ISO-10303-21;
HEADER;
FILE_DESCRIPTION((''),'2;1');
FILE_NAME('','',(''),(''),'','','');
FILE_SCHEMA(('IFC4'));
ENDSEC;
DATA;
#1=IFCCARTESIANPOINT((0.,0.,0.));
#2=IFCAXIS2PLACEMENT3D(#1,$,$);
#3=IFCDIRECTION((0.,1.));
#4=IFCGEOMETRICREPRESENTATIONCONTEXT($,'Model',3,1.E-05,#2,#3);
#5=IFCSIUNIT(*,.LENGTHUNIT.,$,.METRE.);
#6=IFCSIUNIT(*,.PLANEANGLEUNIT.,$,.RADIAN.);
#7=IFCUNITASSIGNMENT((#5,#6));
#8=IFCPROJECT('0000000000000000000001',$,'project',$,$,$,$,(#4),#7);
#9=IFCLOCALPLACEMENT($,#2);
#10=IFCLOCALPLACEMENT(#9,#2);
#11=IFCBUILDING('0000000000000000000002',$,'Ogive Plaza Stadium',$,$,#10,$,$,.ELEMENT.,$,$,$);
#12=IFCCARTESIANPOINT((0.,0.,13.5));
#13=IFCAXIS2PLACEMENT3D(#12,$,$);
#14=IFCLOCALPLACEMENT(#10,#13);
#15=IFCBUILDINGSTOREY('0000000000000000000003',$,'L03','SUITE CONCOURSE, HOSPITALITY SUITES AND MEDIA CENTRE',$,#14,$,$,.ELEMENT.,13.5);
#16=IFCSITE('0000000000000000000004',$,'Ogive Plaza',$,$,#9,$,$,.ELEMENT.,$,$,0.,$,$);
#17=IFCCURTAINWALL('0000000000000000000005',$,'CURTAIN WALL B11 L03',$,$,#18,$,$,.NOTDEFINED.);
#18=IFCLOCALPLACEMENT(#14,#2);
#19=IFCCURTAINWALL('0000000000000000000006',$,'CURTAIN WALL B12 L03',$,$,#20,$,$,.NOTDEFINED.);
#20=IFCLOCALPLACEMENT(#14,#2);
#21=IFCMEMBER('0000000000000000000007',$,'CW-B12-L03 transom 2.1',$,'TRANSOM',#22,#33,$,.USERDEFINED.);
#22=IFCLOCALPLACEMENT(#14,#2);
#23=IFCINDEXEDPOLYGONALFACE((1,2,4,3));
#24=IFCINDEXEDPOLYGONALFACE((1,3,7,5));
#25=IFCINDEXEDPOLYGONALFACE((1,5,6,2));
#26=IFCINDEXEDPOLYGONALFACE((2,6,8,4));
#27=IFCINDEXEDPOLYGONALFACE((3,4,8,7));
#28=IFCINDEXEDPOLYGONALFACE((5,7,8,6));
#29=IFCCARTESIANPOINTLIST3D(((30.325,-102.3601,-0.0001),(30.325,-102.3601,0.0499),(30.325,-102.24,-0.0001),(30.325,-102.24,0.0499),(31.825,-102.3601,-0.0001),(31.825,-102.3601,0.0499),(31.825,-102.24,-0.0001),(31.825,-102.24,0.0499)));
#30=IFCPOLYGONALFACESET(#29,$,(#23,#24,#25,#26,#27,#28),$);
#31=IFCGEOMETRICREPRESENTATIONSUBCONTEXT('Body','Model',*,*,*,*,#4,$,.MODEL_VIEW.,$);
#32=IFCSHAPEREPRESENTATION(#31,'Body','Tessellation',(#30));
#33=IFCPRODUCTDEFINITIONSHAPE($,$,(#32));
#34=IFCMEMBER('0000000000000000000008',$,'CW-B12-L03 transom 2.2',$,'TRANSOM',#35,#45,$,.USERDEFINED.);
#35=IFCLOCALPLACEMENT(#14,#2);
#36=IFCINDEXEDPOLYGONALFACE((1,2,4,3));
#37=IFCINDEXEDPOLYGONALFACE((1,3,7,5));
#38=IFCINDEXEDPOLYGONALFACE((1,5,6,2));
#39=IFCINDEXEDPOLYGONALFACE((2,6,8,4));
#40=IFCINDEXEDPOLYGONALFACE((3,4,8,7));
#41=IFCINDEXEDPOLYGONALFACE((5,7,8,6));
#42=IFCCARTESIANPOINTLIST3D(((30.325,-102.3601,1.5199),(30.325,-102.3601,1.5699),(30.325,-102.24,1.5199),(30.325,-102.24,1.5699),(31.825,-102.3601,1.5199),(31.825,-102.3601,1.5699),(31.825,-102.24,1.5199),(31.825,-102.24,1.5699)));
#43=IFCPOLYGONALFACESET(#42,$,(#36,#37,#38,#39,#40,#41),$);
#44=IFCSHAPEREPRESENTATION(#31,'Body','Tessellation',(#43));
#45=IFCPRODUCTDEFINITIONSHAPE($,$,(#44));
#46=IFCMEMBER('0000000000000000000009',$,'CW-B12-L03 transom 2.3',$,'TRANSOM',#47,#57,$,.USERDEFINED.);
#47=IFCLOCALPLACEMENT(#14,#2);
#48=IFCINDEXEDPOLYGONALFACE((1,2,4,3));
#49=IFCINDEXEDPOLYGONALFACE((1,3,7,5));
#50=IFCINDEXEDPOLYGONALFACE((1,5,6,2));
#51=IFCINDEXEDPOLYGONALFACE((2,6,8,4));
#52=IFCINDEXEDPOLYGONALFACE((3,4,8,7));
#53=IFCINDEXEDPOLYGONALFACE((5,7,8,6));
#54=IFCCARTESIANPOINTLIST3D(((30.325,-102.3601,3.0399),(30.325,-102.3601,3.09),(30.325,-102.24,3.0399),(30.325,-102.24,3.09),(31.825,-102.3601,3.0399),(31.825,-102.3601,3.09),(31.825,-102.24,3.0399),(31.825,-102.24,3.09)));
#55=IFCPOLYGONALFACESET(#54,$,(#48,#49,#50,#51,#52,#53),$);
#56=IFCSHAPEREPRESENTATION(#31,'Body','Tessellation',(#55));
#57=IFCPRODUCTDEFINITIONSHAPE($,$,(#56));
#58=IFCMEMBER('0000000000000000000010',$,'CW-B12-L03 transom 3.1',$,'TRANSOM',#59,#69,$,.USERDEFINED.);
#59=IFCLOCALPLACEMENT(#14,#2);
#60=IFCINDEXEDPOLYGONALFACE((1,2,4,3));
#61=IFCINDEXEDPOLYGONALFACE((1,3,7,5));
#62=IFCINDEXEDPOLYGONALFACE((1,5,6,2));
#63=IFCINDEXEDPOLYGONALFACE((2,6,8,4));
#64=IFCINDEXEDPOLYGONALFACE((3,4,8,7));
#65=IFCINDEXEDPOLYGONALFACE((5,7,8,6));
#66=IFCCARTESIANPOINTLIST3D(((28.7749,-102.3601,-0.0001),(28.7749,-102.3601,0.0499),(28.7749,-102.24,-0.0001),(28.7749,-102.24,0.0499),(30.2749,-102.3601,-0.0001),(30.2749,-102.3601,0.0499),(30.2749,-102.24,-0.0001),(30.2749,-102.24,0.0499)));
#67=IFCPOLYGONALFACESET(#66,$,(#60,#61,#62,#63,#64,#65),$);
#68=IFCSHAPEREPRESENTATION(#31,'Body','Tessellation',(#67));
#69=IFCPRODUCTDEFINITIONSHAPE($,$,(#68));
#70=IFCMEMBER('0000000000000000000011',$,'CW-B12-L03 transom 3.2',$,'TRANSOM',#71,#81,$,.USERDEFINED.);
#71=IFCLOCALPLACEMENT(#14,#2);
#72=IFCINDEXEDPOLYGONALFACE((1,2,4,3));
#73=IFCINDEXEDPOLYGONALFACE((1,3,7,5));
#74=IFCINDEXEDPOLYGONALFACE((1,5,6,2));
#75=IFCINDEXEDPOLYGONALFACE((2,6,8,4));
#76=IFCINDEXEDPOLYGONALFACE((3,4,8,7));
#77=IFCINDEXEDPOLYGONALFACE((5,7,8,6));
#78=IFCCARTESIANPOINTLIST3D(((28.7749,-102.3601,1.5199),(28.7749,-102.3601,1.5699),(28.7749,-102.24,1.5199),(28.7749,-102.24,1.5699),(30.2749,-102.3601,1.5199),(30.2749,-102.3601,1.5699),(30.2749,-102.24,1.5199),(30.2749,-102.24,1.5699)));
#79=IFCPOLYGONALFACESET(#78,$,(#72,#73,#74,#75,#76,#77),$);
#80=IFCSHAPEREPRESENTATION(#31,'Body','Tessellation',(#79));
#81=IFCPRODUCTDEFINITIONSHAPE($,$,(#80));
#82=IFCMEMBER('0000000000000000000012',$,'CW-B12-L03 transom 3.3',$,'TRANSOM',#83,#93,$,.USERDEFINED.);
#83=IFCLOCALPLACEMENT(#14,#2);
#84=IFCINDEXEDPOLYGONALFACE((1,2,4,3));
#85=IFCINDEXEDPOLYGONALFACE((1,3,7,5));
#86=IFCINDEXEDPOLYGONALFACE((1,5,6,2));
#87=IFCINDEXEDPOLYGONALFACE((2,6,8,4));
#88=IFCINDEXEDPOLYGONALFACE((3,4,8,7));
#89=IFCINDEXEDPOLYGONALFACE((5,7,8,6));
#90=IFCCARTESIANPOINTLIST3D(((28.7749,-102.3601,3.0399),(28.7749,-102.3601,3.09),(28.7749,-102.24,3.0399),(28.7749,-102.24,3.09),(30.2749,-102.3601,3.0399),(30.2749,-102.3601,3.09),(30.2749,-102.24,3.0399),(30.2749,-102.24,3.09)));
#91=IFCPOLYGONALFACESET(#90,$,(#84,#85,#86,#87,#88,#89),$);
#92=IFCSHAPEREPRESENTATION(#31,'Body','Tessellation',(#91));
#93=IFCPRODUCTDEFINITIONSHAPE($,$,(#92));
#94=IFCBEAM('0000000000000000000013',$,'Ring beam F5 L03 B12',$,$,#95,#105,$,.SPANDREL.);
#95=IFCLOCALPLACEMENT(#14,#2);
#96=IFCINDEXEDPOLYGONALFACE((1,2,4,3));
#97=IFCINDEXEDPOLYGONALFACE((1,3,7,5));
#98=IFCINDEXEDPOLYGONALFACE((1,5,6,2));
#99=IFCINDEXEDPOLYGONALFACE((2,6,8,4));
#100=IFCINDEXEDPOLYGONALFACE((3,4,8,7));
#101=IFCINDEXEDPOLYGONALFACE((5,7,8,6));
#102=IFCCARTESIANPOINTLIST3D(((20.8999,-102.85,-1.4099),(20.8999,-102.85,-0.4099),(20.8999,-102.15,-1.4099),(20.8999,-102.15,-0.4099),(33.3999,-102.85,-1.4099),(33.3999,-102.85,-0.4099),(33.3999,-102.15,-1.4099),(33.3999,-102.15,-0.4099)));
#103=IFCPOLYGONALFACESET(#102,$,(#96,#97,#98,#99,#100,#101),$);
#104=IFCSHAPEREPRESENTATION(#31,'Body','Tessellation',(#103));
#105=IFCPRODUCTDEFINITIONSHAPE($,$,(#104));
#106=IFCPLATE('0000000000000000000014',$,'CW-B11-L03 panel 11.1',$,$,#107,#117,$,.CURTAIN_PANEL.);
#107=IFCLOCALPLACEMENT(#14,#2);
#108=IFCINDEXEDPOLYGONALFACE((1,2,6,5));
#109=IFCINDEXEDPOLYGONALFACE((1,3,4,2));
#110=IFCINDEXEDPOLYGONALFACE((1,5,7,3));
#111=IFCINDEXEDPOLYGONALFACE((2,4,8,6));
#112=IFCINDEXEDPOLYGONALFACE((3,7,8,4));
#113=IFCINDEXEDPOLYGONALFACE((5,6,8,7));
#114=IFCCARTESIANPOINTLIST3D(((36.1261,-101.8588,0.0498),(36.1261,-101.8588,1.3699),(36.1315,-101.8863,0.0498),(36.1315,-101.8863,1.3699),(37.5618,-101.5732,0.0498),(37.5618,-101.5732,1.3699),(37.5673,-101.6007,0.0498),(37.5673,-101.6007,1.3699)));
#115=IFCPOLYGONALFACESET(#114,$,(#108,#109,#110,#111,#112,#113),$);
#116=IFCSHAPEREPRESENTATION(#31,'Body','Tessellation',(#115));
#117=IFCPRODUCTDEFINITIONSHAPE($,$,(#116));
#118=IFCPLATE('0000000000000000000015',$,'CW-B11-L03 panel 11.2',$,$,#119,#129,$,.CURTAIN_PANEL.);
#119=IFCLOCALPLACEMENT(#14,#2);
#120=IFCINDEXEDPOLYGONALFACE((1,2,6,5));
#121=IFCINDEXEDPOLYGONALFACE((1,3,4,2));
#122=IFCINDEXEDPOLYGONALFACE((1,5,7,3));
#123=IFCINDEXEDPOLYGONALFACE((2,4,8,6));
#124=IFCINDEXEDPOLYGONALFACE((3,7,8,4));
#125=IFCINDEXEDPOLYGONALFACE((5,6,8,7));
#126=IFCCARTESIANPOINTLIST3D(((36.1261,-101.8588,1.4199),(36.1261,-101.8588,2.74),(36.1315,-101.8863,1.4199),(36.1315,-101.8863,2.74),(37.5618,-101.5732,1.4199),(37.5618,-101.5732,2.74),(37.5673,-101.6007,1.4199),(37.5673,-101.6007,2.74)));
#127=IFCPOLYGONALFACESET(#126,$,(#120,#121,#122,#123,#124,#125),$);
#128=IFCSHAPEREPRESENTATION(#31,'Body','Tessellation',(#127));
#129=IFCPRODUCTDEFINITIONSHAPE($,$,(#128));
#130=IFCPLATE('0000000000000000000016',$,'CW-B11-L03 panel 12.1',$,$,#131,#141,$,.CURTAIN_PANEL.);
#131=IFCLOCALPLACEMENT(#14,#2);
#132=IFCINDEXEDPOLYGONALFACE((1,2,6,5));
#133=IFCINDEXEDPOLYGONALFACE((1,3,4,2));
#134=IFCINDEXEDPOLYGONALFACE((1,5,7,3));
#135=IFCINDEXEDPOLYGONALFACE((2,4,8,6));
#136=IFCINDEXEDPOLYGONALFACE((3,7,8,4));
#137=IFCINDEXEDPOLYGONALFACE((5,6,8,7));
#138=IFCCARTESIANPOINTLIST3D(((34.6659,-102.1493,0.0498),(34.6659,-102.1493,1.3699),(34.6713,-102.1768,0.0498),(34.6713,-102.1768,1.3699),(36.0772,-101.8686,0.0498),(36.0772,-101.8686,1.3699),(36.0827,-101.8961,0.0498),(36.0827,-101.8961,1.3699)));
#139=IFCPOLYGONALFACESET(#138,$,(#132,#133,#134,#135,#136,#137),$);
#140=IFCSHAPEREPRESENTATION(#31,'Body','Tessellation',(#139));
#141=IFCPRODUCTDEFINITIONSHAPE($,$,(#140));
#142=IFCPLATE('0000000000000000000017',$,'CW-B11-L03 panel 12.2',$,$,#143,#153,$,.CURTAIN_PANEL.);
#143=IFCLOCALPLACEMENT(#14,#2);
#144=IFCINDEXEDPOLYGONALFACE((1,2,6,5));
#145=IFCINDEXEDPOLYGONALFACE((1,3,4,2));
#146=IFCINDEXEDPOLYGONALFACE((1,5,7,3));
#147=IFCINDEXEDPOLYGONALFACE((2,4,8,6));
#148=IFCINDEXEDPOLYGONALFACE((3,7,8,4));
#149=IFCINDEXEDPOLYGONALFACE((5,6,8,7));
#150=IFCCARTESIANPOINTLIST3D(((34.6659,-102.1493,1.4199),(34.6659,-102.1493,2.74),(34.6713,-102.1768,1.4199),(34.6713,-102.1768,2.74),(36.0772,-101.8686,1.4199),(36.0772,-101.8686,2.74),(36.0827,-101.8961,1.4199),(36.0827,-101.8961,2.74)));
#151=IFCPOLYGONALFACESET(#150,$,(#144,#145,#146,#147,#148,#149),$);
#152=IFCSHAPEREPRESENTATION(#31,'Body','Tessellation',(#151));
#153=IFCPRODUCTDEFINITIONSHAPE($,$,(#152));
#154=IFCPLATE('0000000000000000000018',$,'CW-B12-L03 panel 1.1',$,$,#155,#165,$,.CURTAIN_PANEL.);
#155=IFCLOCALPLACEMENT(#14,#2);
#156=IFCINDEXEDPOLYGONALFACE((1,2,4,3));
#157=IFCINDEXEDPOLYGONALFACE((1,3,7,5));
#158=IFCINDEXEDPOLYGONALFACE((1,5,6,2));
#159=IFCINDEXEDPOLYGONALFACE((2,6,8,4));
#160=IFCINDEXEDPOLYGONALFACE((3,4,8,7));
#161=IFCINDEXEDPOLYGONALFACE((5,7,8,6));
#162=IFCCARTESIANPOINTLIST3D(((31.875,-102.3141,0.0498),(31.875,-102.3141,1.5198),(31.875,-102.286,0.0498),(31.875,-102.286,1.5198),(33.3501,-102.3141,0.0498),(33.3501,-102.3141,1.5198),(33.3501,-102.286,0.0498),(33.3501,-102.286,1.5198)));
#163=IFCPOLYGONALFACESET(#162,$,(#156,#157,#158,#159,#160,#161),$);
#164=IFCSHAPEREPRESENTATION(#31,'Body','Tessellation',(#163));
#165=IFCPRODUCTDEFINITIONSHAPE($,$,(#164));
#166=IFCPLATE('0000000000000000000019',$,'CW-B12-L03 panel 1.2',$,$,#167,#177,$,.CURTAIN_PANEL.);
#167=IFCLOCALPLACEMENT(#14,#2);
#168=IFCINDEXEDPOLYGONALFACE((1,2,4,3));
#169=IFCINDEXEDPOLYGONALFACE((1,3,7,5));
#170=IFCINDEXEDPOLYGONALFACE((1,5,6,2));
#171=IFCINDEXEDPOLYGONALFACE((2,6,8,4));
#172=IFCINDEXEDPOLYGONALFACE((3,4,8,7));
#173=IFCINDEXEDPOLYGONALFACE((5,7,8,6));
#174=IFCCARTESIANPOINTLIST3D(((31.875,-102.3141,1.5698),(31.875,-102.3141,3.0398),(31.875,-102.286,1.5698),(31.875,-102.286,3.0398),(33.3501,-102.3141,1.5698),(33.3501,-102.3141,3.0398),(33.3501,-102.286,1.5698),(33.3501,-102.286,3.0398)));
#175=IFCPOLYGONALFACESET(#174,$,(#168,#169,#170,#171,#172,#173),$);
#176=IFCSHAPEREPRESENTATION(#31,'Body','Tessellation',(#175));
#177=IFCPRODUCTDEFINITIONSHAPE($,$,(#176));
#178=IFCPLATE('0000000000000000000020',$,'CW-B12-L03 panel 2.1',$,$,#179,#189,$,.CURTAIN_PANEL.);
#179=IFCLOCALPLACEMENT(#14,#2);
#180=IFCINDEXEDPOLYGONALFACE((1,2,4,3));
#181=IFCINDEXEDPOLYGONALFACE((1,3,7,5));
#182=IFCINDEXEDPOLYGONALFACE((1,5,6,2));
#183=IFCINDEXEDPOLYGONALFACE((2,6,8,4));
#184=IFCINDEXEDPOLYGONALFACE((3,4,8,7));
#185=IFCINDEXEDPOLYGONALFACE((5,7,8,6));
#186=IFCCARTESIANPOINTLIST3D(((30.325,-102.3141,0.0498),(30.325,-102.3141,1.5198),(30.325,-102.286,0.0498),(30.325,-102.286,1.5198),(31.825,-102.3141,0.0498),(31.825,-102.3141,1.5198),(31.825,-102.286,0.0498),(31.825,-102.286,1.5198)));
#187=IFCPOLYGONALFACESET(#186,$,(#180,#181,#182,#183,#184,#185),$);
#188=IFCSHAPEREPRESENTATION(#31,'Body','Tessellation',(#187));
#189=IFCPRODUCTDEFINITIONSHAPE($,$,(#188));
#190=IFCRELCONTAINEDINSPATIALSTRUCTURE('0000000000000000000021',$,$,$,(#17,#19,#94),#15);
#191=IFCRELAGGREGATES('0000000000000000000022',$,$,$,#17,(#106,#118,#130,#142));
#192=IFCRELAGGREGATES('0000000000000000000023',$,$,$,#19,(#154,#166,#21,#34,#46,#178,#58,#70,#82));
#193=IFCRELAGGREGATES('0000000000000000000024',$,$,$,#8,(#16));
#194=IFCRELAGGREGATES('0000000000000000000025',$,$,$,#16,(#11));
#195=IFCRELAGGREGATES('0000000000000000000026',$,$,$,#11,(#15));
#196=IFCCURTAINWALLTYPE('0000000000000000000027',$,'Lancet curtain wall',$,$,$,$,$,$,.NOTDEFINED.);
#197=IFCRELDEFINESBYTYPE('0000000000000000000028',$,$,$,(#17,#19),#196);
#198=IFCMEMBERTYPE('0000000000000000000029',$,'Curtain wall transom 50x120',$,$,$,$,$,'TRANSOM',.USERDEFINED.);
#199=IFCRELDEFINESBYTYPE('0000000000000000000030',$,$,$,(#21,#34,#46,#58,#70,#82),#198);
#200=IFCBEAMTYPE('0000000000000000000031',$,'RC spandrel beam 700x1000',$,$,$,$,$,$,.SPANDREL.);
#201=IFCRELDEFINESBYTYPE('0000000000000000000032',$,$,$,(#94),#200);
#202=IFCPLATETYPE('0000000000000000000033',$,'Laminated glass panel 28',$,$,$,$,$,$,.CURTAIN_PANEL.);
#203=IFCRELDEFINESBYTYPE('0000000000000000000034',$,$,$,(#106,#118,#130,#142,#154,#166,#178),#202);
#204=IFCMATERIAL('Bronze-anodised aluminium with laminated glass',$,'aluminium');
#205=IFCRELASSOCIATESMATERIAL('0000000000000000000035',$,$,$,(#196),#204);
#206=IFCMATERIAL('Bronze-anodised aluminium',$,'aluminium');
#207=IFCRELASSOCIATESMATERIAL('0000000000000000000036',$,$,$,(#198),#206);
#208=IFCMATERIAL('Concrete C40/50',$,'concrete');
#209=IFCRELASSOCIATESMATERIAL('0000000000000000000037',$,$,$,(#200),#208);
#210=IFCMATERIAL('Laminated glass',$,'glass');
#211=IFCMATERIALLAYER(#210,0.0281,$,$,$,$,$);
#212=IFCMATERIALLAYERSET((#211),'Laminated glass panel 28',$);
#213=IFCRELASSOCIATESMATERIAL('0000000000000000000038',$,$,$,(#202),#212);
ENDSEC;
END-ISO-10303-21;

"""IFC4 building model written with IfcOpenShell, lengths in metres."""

from ifc_helpers import new_model, si_unit, direction, frame, origin, origin_2d, place, context, subcontext, project, spatial, rectangle, extrude, material, layer, layer_set, material_profile, profile_set, type_object, element, aggregate, save


model = new_model("IFC4")

# Units and contexts
model_context = context("Model", 3, precision=1e-05, world=origin(), true_north=direction((0.0, 1.0)))
body_context = subcontext(model_context, "Body", "Model", "MODEL_VIEW")
ifc_project = project(units=[si_unit("LENGTHUNIT", "METRE"), si_unit("PLANEANGLEUNIT", "RADIAN")], contexts=[model_context])

# Site, building, storey
site_placement = place(None, origin())
site = spatial("IfcSite", under=ifc_project, at=site_placement, Name="Ogive Plaza", CompositionType="ELEMENT", RefElevation=0.0)
building_placement = place(site_placement, origin())
building = spatial("IfcBuilding", under=site, at=building_placement, Name="Ogive Plaza Stadium", CompositionType="ELEMENT")
storey_placement = place(building_placement, frame((0.0, 0.0, 13.5)))
storey = spatial("IfcBuildingStorey", under=building, at=storey_placement, Name="L03", Description="SUITE CONCOURSE, HOSPITALITY SUITES AND MEDIA CENTRE", CompositionType="ELEMENT", Elevation=13.5)

# Curtain walls
ifc_material_1 = material(Name="Bronze-anodised aluminium with laminated glass", Category="aluminium")
curtain_wall_type = type_object("IfcCurtainWallType", Name="Lancet curtain wall", PredefinedType="NOTDEFINED", material=ifc_material_1)
curtain_wall_1_placement = place(storey_placement, origin())
curtain_wall_1 = element("IfcCurtainWall", 1, at=curtain_wall_1_placement, inside=storey, type_object=curtain_wall_type, Name="CURTAIN WALL B11 L03", PredefinedType="NOTDEFINED")
curtain_wall_2_placement = place(storey_placement, origin())
curtain_wall_2 = element("IfcCurtainWall", 2, at=curtain_wall_2_placement, inside=storey, type_object=curtain_wall_type, Name="CURTAIN WALL B12 L03", PredefinedType="NOTDEFINED")

# Members
ifc_material_2 = material(Name="Bronze-anodised aluminium", Category="aluminium")
ifc_material_profile_1 = material_profile(ifc_material_2, rectangle(XDim=0.1201, YDim=0.05, at=origin_2d()), Name="AL 120x50")
ifc_profile_set_1 = profile_set([ifc_material_profile_1], Name="Bronze-anodised aluminium")
member_type_1 = type_object("IfcMemberType", Name="Curtain wall transom 50x120", ElementType="TRANSOM", PredefinedType="USERDEFINED", material=ifc_profile_set_1)
member_1_placement = place(storey_placement, frame((31.825, -102.3, 0.0249), z_axis=(-1.0, 0.0, 0.0), x_axis=(0.0, -1.0, 0.0)))
member_1 = element("IfcMember", 3, at=member_1_placement, type_object=member_type_1, Name="CW-B12-L03 transom 2.1", ObjectType="TRANSOM", PredefinedType="USERDEFINED", context=body_context, shape_type="SweptSolid", body=[
    extrude(rectangle(XDim=0.1201, YDim=0.05, at=origin_2d()), origin(), (0.0, 0.0, 1.0), 1.5),
])
member_2_placement = place(storey_placement, frame((31.825, -102.3, 1.5449), z_axis=(-1.0, 0.0, 0.0), x_axis=(0.0, -1.0, 0.0)))
member_2 = element("IfcMember", 4, at=member_2_placement, type_object=member_type_1, Name="CW-B12-L03 transom 2.2", ObjectType="TRANSOM", PredefinedType="USERDEFINED", context=body_context, shape_type="SweptSolid", body=[
    extrude(rectangle(XDim=0.1201, YDim=0.05, at=origin_2d()), origin(), (0.0, 0.0, 1.0), 1.5),
])
member_3_placement = place(storey_placement, frame((31.825, -102.3, 3.0649), z_axis=(-1.0, 0.0, 0.0), x_axis=(0.0, -1.0, 0.0)))
member_3 = element("IfcMember", 5, at=member_3_placement, type_object=member_type_1, Name="CW-B12-L03 transom 2.3", ObjectType="TRANSOM", PredefinedType="USERDEFINED", context=body_context, shape_type="SweptSolid", body=[
    extrude(rectangle(XDim=0.1201, YDim=0.05, at=origin_2d()), origin(), (0.0, 0.0, 1.0), 1.5),
])
member_4_placement = place(storey_placement, frame((30.2749, -102.3, 0.0249), z_axis=(-1.0, 0.0, 0.0), x_axis=(0.0, -1.0, 0.0)))
member_4 = element("IfcMember", 6, at=member_4_placement, type_object=member_type_1, Name="CW-B12-L03 transom 3.1", ObjectType="TRANSOM", PredefinedType="USERDEFINED", context=body_context, shape_type="SweptSolid", body=[
    extrude(rectangle(XDim=0.1201, YDim=0.05, at=origin_2d()), origin(), (0.0, 0.0, 1.0), 1.5),
])
member_5_placement = place(storey_placement, frame((30.2749, -102.3, 1.5449), z_axis=(-1.0, 0.0, 0.0), x_axis=(0.0, -1.0, 0.0)))
member_5 = element("IfcMember", 7, at=member_5_placement, type_object=member_type_1, Name="CW-B12-L03 transom 3.2", ObjectType="TRANSOM", PredefinedType="USERDEFINED", context=body_context, shape_type="SweptSolid", body=[
    extrude(rectangle(XDim=0.1201, YDim=0.05, at=origin_2d()), origin(), (0.0, 0.0, 1.0), 1.5),
])
member_6_placement = place(storey_placement, frame((30.2749, -102.3, 3.0649), z_axis=(-1.0, 0.0, 0.0), x_axis=(0.0, -1.0, 0.0)))
member_6 = element("IfcMember", 8, at=member_6_placement, type_object=member_type_1, Name="CW-B12-L03 transom 3.3", ObjectType="TRANSOM", PredefinedType="USERDEFINED", context=body_context, shape_type="SweptSolid", body=[
    extrude(rectangle(XDim=0.1201, YDim=0.05, at=origin_2d()), origin(), (0.0, 0.0, 1.0), 1.5),
])

# Beam
ifc_material_3 = material(Name="Concrete C40/50", Category="concrete")
ifc_material_profile_2 = material_profile(ifc_material_3, rectangle(XDim=0.7, YDim=1.0, at=origin_2d()), Name="RC 700x1000")
ifc_profile_set_2 = profile_set([ifc_material_profile_2], Name="Concrete C40/50")
beam_type = type_object("IfcBeamType", Name="RC spandrel beam 700x1000", PredefinedType="SPANDREL", material=ifc_profile_set_2)
beam_placement = place(storey_placement, frame((33.3999, -102.5, -0.9099), z_axis=(-1.0, 0.0, 0.0), x_axis=(0.0, -1.0, 0.0)))
element("IfcBeam", 9, at=beam_placement, inside=storey, type_object=beam_type, Name="Ring beam F5 L03 B12", PredefinedType="SPANDREL", context=body_context, shape_type="SweptSolid", body=[
    extrude(rectangle(XDim=0.7, YDim=1.0, at=origin_2d()), origin(), (0.0, 0.0, 1.0), 12.5),
])

# Plates
ifc_material_4 = material(Name="Laminated glass", Category="glass")
ifc_layer = layer(ifc_material_4, 0.0281)
ifc_layer_set = layer_set([ifc_layer], Name="Laminated glass panel 28")
plate_type = type_object("IfcPlateType", Name="Laminated glass panel 28", PredefinedType="CURTAIN_PANEL", material=ifc_layer_set)
plate_1_placement = place(storey_placement, frame((36.8467, -101.7297, 0.0498), z_axis=(0.0, 0.0, 1.0), x_axis=(-0.980785, -0.19509, 0.0)))
plate_1 = element("IfcPlate", 10, at=plate_1_placement, type_object=plate_type, Name="CW-B11-L03 panel 11.1", PredefinedType="CURTAIN_PANEL", context=body_context, shape_type="SweptSolid", body=[
    extrude(rectangle(XDim=1.4639, YDim=0.0281, at=origin_2d()), origin(), (0.0, 0.0, 1.0), 1.3201),
])
plate_2_placement = place(storey_placement, frame((36.8467, -101.7297, 1.4199), z_axis=(0.0, 0.0, 1.0), x_axis=(-0.980785, -0.19509, 0.0)))
plate_2 = element("IfcPlate", 11, at=plate_2_placement, type_object=plate_type, Name="CW-B11-L03 panel 11.2", PredefinedType="CURTAIN_PANEL", context=body_context, shape_type="SweptSolid", body=[
    extrude(rectangle(XDim=1.4639, YDim=0.0281, at=origin_2d()), origin(), (0.0, 0.0, 1.0), 1.3201),
])
plate_3_placement = place(storey_placement, frame((35.3743, -102.0227, 0.0498), z_axis=(0.0, 0.0, 1.0), x_axis=(-0.980785, -0.19509, 0.0)))
plate_3 = element("IfcPlate", 12, at=plate_3_placement, type_object=plate_type, Name="CW-B11-L03 panel 12.1", PredefinedType="CURTAIN_PANEL", context=body_context, shape_type="SweptSolid", body=[
    extrude(rectangle(XDim=1.439, YDim=0.0281, at=origin_2d()), origin(), (0.0, 0.0, 1.0), 1.3201),
])
plate_4_placement = place(storey_placement, frame((35.3743, -102.0227, 1.4199), z_axis=(0.0, 0.0, 1.0), x_axis=(-0.980785, -0.19509, 0.0)))
plate_4 = element("IfcPlate", 13, at=plate_4_placement, type_object=plate_type, Name="CW-B11-L03 panel 12.2", PredefinedType="CURTAIN_PANEL", context=body_context, shape_type="SweptSolid", body=[
    extrude(rectangle(XDim=1.439, YDim=0.0281, at=origin_2d()), origin(), (0.0, 0.0, 1.0), 1.3201),
])
aggregate(curtain_wall_1, [plate_1, plate_2, plate_3, plate_4])
plate_5_placement = place(storey_placement, frame((32.6125, -102.3, 0.0498), z_axis=(0.0, 0.0, 1.0), x_axis=(-1.0, 0.0, 0.0)))
plate_5 = element("IfcPlate", 14, at=plate_5_placement, type_object=plate_type, Name="CW-B12-L03 panel 1.1", PredefinedType="CURTAIN_PANEL", context=body_context, shape_type="SweptSolid", body=[
    extrude(rectangle(XDim=1.4751, YDim=0.0281, at=origin_2d()), origin(), (0.0, 0.0, 1.0), 1.47),
])
plate_6_placement = place(storey_placement, frame((32.6125, -102.3, 1.5698), z_axis=(0.0, 0.0, 1.0), x_axis=(-1.0, 0.0, 0.0)))
plate_6 = element("IfcPlate", 15, at=plate_6_placement, type_object=plate_type, Name="CW-B12-L03 panel 1.2", PredefinedType="CURTAIN_PANEL", context=body_context, shape_type="SweptSolid", body=[
    extrude(rectangle(XDim=1.4751, YDim=0.0281, at=origin_2d()), origin(), (0.0, 0.0, 1.0), 1.47),
])
plate_7_placement = place(storey_placement, frame((31.075, -102.3, 0.0498), z_axis=(0.0, 0.0, 1.0), x_axis=(-1.0, 0.0, 0.0)))
plate_7 = element("IfcPlate", 16, at=plate_7_placement, type_object=plate_type, Name="CW-B12-L03 panel 2.1", PredefinedType="CURTAIN_PANEL", context=body_context, shape_type="SweptSolid", body=[
    extrude(rectangle(XDim=1.5, YDim=0.0281, at=origin_2d()), origin(), (0.0, 0.0, 1.0), 1.47),
])
aggregate(curtain_wall_2, [plate_5, plate_6, member_1, member_2, member_3, plate_7, member_4, member_5, member_6])

save(model, "model.ifc")
